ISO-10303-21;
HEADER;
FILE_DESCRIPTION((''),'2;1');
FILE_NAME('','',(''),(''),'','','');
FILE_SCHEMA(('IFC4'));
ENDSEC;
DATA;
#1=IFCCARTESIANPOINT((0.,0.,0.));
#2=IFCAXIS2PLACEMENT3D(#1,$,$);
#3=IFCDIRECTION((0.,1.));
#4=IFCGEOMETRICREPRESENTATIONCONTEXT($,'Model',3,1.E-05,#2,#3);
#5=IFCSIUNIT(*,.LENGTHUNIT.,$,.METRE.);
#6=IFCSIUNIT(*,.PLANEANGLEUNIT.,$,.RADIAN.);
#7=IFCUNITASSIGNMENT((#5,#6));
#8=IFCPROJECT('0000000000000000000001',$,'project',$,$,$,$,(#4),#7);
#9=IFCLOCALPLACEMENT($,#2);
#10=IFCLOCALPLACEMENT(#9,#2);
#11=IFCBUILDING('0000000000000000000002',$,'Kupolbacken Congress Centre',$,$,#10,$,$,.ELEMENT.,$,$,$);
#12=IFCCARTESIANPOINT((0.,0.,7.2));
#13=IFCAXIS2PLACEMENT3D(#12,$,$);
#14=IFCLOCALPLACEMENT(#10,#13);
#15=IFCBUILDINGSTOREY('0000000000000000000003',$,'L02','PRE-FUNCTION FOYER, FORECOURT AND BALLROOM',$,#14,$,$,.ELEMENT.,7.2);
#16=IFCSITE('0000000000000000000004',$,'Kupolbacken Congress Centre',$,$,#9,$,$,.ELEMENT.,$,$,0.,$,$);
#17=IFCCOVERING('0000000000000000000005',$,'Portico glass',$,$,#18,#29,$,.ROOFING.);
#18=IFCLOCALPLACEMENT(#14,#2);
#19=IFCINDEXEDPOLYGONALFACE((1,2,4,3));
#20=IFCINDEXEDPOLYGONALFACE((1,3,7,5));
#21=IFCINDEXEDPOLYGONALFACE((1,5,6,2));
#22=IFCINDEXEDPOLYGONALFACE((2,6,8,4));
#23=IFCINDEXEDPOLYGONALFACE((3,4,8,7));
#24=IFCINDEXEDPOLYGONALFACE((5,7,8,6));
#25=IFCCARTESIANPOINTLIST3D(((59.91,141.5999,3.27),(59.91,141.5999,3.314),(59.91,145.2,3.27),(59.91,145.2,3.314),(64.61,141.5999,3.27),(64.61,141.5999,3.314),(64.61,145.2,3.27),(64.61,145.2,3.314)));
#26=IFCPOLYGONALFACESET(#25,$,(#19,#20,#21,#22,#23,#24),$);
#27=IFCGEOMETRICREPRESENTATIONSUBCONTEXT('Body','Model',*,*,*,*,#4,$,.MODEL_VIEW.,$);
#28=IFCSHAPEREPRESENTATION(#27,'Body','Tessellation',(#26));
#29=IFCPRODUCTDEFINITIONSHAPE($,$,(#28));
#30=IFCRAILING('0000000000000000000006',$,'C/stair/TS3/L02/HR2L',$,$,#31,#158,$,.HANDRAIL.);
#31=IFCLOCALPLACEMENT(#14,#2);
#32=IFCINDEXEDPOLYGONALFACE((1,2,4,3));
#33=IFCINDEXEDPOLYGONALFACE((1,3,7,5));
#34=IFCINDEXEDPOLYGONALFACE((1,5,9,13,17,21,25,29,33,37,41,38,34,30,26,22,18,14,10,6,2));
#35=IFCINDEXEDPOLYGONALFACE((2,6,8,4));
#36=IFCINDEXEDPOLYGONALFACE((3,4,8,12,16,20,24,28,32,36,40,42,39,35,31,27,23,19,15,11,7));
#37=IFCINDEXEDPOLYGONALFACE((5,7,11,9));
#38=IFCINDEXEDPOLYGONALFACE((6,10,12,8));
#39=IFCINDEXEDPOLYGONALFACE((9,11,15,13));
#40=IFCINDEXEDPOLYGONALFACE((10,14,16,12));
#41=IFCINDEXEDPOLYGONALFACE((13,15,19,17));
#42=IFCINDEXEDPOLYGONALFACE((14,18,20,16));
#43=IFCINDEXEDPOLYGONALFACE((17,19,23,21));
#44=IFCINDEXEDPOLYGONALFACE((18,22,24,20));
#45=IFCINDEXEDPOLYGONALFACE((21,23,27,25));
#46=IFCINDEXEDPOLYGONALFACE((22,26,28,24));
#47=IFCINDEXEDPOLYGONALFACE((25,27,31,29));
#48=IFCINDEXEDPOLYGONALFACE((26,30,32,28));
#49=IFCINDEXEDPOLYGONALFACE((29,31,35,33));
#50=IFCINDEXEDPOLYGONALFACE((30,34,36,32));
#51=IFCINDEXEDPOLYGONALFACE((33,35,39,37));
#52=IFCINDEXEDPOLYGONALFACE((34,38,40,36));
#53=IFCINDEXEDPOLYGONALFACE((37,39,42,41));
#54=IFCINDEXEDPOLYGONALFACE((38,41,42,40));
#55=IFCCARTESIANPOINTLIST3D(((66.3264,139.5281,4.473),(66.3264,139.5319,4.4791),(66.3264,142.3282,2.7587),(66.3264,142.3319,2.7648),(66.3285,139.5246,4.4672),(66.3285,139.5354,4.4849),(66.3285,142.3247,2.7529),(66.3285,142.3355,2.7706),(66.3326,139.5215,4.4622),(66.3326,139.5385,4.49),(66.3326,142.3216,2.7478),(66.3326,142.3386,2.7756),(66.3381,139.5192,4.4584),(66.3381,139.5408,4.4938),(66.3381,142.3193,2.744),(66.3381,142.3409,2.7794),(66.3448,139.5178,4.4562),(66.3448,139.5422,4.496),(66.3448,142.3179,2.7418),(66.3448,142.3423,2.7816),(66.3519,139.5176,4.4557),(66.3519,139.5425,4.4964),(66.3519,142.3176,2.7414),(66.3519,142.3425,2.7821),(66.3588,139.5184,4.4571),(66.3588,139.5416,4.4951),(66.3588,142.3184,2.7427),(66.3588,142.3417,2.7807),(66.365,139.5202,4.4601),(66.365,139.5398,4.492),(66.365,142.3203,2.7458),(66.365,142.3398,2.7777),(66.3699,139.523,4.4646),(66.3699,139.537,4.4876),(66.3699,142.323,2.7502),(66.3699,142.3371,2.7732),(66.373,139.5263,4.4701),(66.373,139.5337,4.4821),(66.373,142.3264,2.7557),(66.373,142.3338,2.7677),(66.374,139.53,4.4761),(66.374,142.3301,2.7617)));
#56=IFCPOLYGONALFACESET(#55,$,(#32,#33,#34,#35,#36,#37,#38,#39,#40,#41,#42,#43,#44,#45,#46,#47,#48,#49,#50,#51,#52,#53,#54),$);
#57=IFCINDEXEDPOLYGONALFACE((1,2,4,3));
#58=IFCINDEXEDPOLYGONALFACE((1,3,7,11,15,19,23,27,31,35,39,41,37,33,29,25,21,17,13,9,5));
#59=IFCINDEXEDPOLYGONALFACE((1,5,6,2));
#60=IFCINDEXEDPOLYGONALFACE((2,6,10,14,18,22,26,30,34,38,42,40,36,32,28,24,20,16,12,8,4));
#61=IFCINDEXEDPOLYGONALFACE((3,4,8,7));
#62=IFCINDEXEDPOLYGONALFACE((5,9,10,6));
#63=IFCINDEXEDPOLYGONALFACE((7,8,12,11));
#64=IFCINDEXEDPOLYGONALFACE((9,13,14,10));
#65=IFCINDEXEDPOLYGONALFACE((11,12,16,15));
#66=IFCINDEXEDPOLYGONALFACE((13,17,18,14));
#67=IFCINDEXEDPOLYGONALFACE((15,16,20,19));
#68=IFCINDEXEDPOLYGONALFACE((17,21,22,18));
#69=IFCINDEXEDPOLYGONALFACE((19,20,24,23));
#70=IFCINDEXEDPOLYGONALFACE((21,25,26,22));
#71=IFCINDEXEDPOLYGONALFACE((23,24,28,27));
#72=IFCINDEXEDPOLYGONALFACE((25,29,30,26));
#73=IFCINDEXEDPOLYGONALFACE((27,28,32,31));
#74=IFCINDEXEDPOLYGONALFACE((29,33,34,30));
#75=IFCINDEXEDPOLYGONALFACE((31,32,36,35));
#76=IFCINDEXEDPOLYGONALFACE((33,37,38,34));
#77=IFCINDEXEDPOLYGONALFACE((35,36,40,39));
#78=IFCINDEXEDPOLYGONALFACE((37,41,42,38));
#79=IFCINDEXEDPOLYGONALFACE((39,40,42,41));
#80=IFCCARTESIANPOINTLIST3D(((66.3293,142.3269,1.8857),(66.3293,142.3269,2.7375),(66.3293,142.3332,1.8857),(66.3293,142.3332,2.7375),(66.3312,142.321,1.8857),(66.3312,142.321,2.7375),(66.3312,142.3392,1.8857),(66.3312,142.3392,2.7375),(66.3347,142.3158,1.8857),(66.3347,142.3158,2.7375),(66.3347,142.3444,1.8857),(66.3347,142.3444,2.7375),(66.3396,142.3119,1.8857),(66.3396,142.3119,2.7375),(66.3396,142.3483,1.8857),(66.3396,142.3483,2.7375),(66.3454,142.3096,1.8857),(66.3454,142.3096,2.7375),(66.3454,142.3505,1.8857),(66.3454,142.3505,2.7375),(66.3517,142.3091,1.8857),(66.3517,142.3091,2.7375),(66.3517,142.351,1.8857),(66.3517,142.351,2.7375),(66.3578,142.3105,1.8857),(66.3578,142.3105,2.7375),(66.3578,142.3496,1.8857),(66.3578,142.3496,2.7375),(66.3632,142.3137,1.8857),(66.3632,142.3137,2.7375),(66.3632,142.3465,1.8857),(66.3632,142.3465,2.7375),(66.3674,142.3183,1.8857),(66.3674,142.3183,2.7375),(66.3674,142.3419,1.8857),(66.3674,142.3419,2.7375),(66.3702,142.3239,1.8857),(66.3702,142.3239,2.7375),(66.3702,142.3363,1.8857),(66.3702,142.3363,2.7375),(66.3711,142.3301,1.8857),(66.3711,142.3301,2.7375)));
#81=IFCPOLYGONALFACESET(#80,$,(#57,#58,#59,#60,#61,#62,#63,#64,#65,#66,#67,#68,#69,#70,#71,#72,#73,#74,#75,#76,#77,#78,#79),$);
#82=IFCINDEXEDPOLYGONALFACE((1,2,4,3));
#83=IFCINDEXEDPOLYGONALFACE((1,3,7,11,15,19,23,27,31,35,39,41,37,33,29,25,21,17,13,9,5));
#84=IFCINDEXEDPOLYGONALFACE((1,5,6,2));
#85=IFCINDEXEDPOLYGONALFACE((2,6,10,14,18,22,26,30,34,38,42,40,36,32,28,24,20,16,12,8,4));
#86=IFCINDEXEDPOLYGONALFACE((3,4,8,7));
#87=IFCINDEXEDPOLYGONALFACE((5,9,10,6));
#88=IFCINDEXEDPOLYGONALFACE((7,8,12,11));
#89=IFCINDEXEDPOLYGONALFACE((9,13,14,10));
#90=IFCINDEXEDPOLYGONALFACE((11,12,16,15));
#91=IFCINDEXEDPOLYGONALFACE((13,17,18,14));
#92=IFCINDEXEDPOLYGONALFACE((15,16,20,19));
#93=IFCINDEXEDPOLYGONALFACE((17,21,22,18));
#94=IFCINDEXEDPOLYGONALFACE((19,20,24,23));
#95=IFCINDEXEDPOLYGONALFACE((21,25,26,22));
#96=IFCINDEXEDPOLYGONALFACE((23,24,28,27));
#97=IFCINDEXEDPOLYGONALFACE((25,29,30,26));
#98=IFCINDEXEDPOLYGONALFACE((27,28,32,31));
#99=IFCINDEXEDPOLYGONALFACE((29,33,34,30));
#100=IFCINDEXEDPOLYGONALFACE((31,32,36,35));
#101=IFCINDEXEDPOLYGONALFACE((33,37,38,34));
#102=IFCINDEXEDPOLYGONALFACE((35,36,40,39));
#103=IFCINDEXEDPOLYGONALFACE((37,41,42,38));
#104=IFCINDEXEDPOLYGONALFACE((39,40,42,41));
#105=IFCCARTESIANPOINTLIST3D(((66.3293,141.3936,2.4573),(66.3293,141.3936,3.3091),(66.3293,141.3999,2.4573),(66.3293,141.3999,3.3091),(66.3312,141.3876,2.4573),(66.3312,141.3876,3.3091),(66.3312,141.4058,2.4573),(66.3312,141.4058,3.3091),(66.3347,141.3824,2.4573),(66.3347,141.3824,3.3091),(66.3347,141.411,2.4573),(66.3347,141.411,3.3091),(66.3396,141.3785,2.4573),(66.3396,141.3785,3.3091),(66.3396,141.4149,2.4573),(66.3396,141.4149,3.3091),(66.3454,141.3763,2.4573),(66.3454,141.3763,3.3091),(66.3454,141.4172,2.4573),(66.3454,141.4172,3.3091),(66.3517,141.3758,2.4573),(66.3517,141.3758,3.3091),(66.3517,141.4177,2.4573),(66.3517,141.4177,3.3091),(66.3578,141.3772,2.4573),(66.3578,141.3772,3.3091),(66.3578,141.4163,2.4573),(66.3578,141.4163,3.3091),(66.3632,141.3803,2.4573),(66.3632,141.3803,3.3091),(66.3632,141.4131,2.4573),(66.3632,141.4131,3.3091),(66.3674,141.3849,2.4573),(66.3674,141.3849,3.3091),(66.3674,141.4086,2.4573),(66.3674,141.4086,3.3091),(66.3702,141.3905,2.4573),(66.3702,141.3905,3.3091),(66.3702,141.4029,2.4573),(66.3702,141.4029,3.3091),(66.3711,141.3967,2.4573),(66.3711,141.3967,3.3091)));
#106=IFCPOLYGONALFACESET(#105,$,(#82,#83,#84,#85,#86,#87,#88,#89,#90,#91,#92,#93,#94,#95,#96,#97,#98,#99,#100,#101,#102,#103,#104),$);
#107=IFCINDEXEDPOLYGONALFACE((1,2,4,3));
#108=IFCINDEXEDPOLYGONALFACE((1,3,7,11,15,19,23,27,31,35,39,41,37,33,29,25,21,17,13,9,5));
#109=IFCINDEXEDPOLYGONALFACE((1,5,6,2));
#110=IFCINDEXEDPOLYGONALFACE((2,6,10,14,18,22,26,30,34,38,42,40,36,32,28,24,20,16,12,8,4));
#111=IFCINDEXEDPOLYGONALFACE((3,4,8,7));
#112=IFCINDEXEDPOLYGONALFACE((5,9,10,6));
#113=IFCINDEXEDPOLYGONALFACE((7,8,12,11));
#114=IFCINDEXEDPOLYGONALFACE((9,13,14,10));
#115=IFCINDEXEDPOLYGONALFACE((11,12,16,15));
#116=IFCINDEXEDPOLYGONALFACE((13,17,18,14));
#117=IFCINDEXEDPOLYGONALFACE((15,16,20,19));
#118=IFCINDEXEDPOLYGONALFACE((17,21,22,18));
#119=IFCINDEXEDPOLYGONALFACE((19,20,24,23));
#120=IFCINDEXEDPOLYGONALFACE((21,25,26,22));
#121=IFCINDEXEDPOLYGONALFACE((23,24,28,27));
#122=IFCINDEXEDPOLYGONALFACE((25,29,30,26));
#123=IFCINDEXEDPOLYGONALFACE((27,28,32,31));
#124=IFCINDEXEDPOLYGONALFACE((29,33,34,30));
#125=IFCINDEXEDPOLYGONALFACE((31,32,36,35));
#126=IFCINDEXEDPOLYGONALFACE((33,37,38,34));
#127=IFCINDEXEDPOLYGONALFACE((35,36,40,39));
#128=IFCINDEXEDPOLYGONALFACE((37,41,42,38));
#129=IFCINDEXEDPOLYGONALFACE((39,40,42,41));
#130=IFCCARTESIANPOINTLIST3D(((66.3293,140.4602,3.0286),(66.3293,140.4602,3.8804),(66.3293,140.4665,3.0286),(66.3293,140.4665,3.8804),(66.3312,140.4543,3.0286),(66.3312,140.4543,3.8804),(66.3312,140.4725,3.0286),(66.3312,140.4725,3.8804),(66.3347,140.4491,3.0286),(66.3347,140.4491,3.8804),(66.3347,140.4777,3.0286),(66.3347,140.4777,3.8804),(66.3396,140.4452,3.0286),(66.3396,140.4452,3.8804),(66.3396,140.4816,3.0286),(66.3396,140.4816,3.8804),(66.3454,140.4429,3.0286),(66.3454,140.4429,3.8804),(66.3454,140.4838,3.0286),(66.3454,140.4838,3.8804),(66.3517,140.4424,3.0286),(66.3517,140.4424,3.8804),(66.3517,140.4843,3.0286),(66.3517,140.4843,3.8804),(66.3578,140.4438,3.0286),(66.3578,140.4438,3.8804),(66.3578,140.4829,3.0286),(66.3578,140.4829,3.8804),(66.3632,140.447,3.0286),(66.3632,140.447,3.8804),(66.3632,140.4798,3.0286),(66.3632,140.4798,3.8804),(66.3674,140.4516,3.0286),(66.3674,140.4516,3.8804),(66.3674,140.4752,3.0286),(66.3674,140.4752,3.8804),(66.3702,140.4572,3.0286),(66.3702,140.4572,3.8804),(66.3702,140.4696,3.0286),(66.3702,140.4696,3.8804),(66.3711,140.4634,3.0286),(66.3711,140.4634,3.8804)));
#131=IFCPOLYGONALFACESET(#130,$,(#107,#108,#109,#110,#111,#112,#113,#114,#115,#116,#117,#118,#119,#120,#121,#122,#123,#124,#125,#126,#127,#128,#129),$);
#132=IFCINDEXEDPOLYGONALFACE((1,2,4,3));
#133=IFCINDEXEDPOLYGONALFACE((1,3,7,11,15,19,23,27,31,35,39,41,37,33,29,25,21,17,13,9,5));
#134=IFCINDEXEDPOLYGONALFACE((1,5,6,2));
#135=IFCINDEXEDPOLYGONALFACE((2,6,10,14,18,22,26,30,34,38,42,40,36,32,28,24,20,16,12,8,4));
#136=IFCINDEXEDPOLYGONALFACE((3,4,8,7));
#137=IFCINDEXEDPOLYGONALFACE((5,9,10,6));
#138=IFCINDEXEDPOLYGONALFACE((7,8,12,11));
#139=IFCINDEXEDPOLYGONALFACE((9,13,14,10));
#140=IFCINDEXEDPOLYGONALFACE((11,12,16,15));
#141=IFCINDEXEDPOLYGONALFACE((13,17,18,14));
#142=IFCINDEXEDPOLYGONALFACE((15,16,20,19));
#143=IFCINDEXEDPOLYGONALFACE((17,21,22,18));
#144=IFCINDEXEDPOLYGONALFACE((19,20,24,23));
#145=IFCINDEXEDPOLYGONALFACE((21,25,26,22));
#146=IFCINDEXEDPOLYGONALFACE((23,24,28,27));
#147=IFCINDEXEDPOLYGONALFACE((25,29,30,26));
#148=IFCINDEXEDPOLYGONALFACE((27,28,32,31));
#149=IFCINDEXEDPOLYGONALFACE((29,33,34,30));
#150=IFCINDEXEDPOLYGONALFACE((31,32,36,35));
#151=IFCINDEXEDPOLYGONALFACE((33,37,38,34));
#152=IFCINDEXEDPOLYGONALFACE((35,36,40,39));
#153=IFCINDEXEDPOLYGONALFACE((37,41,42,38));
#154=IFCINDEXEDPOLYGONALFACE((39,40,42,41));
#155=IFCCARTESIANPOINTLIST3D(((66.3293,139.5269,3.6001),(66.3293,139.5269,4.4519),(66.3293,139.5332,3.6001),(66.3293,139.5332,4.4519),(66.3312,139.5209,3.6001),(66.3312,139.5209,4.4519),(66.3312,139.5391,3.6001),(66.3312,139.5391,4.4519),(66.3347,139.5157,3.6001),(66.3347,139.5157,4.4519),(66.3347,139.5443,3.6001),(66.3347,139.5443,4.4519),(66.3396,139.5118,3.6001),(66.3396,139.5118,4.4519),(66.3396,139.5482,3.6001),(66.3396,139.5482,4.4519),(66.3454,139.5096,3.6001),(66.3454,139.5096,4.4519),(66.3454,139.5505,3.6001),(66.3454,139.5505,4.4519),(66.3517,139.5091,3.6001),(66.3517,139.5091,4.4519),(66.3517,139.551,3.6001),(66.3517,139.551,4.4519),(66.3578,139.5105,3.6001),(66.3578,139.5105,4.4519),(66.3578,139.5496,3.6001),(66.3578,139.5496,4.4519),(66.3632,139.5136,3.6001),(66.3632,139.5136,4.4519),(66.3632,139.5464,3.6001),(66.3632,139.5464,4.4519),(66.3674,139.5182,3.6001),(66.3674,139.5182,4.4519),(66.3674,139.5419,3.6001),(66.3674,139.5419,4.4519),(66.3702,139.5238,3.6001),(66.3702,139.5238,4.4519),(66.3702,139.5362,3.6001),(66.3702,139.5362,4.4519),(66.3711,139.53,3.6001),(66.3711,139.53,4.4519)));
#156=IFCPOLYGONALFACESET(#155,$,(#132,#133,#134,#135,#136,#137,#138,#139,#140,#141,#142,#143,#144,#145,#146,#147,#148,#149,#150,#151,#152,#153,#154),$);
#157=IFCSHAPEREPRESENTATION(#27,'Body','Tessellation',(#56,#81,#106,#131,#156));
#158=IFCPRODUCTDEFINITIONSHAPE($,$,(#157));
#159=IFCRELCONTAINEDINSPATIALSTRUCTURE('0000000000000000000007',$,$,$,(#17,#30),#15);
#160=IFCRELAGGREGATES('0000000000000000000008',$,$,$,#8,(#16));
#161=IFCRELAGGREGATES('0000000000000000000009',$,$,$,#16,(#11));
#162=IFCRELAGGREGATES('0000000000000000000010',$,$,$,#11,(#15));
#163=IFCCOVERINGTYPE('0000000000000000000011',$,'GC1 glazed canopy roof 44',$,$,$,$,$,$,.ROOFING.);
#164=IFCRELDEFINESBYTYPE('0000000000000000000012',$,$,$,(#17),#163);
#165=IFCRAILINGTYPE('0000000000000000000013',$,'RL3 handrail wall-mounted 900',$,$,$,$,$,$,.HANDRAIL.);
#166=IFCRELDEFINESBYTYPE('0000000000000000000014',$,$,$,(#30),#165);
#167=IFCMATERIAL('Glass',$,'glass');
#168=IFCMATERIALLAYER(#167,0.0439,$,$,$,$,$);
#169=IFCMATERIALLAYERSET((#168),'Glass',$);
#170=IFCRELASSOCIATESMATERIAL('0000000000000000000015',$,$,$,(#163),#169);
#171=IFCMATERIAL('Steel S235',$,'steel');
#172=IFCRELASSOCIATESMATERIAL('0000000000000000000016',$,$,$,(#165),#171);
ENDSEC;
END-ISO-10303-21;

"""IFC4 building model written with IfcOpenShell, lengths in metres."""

from ifc_helpers import new_model, si_unit, direction, frame, origin, origin_2d, place, context, subcontext, project, spatial, rectangle, circle, extrude, material, layer, layer_set, type_object, element, save


model = new_model("IFC4")

# Units and contexts
model_context = context("Model", 3, precision=1e-05, world=origin(), true_north=direction((0.0, 1.0)))
body_context = subcontext(model_context, "Body", "Model", "MODEL_VIEW")
ifc_project = project(units=[si_unit("LENGTHUNIT", "METRE"), si_unit("PLANEANGLEUNIT", "RADIAN")], contexts=[model_context])

# Site, building, storey
site_placement = place(None, origin())
site = spatial("IfcSite", under=ifc_project, at=site_placement, Name="Kupolbacken Congress Centre", CompositionType="ELEMENT", RefElevation=0.0)
building_placement = place(site_placement, origin())
building = spatial("IfcBuilding", under=site, at=building_placement, Name="Kupolbacken Congress Centre", CompositionType="ELEMENT")
storey_placement = place(building_placement, frame((0.0, 0.0, 7.2)))
storey = spatial("IfcBuildingStorey", under=building, at=storey_placement, Name="L02", Description="PRE-FUNCTION FOYER, FORECOURT AND BALLROOM", CompositionType="ELEMENT", Elevation=7.2)

# Covering
ifc_material_1 = material(Name="Glass", Category="glass")
ifc_layer_1 = layer(ifc_material_1, 0.0439)
ifc_layer_set_1 = layer_set([ifc_layer_1], Name="Glass")
covering_type_1 = type_object("IfcCoveringType", Name="GC1 glazed canopy roof 44", PredefinedType="ROOFING", material=ifc_layer_set_1)
covering_1_placement = place(storey_placement, frame((62.26, 143.3999, 3.27), z_axis=(0.0, 0.0, 1.0), x_axis=(0.0, 1.0, 0.0)))
element("IfcCovering", 1, at=covering_1_placement, inside=storey, type_object=covering_type_1, Name="Portico glass", PredefinedType="ROOFING", context=body_context, shape_type="SweptSolid", body=[
    extrude(rectangle(XDim=3.6001, YDim=4.7, at=origin_2d()), origin(), (0.0, 0.0, 1.0), 0.0439),
])

# Railing
ifc_material_2 = material(Name="Steel S235", Category="steel")
railing_type = type_object("IfcRailingType", Name="RL3 handrail wall-mounted 900", PredefinedType="HANDRAIL", material=ifc_material_2)
for number, where, name in (
    (2, (66.3501, 142.3301, 1.8857), "C/stair/TS3/L02/HR2L"),
):
    element("IfcRailing", number, at=place(storey_placement, frame(where)), inside=storey, type_object=railing_type, Name=name, PredefinedType="HANDRAIL", context=body_context, shape_type="SweptSolid", body=[
        extrude(circle(Radius=0.0239, at=origin_2d()), frame((0.0, 0.0, 0.876), z_axis=(0.0, -0.852846, 0.522163), x_axis=(1.0, 0.0, 0.0)), (0.0, 0.0, 1.0), 3.2832),
        extrude(circle(Radius=0.021, at=origin_2d()), origin(), (0.0, 0.0, 1.0), 0.8518),
        extrude(circle(Radius=0.021, at=origin_2d()), frame((0.0, -0.9333, 0.5715)), (0.0, 0.0, 1.0), 0.8518),
        extrude(circle(Radius=0.021, at=origin_2d()), frame((0.0, -1.8667, 1.1428)), (0.0, 0.0, 1.0), 0.8518),
        extrude(circle(Radius=0.021, at=origin_2d()), frame((0.0, -2.8, 1.7144)), (0.0, 0.0, 1.0), 0.8518),
    ])

save(model, "model.ifc")
